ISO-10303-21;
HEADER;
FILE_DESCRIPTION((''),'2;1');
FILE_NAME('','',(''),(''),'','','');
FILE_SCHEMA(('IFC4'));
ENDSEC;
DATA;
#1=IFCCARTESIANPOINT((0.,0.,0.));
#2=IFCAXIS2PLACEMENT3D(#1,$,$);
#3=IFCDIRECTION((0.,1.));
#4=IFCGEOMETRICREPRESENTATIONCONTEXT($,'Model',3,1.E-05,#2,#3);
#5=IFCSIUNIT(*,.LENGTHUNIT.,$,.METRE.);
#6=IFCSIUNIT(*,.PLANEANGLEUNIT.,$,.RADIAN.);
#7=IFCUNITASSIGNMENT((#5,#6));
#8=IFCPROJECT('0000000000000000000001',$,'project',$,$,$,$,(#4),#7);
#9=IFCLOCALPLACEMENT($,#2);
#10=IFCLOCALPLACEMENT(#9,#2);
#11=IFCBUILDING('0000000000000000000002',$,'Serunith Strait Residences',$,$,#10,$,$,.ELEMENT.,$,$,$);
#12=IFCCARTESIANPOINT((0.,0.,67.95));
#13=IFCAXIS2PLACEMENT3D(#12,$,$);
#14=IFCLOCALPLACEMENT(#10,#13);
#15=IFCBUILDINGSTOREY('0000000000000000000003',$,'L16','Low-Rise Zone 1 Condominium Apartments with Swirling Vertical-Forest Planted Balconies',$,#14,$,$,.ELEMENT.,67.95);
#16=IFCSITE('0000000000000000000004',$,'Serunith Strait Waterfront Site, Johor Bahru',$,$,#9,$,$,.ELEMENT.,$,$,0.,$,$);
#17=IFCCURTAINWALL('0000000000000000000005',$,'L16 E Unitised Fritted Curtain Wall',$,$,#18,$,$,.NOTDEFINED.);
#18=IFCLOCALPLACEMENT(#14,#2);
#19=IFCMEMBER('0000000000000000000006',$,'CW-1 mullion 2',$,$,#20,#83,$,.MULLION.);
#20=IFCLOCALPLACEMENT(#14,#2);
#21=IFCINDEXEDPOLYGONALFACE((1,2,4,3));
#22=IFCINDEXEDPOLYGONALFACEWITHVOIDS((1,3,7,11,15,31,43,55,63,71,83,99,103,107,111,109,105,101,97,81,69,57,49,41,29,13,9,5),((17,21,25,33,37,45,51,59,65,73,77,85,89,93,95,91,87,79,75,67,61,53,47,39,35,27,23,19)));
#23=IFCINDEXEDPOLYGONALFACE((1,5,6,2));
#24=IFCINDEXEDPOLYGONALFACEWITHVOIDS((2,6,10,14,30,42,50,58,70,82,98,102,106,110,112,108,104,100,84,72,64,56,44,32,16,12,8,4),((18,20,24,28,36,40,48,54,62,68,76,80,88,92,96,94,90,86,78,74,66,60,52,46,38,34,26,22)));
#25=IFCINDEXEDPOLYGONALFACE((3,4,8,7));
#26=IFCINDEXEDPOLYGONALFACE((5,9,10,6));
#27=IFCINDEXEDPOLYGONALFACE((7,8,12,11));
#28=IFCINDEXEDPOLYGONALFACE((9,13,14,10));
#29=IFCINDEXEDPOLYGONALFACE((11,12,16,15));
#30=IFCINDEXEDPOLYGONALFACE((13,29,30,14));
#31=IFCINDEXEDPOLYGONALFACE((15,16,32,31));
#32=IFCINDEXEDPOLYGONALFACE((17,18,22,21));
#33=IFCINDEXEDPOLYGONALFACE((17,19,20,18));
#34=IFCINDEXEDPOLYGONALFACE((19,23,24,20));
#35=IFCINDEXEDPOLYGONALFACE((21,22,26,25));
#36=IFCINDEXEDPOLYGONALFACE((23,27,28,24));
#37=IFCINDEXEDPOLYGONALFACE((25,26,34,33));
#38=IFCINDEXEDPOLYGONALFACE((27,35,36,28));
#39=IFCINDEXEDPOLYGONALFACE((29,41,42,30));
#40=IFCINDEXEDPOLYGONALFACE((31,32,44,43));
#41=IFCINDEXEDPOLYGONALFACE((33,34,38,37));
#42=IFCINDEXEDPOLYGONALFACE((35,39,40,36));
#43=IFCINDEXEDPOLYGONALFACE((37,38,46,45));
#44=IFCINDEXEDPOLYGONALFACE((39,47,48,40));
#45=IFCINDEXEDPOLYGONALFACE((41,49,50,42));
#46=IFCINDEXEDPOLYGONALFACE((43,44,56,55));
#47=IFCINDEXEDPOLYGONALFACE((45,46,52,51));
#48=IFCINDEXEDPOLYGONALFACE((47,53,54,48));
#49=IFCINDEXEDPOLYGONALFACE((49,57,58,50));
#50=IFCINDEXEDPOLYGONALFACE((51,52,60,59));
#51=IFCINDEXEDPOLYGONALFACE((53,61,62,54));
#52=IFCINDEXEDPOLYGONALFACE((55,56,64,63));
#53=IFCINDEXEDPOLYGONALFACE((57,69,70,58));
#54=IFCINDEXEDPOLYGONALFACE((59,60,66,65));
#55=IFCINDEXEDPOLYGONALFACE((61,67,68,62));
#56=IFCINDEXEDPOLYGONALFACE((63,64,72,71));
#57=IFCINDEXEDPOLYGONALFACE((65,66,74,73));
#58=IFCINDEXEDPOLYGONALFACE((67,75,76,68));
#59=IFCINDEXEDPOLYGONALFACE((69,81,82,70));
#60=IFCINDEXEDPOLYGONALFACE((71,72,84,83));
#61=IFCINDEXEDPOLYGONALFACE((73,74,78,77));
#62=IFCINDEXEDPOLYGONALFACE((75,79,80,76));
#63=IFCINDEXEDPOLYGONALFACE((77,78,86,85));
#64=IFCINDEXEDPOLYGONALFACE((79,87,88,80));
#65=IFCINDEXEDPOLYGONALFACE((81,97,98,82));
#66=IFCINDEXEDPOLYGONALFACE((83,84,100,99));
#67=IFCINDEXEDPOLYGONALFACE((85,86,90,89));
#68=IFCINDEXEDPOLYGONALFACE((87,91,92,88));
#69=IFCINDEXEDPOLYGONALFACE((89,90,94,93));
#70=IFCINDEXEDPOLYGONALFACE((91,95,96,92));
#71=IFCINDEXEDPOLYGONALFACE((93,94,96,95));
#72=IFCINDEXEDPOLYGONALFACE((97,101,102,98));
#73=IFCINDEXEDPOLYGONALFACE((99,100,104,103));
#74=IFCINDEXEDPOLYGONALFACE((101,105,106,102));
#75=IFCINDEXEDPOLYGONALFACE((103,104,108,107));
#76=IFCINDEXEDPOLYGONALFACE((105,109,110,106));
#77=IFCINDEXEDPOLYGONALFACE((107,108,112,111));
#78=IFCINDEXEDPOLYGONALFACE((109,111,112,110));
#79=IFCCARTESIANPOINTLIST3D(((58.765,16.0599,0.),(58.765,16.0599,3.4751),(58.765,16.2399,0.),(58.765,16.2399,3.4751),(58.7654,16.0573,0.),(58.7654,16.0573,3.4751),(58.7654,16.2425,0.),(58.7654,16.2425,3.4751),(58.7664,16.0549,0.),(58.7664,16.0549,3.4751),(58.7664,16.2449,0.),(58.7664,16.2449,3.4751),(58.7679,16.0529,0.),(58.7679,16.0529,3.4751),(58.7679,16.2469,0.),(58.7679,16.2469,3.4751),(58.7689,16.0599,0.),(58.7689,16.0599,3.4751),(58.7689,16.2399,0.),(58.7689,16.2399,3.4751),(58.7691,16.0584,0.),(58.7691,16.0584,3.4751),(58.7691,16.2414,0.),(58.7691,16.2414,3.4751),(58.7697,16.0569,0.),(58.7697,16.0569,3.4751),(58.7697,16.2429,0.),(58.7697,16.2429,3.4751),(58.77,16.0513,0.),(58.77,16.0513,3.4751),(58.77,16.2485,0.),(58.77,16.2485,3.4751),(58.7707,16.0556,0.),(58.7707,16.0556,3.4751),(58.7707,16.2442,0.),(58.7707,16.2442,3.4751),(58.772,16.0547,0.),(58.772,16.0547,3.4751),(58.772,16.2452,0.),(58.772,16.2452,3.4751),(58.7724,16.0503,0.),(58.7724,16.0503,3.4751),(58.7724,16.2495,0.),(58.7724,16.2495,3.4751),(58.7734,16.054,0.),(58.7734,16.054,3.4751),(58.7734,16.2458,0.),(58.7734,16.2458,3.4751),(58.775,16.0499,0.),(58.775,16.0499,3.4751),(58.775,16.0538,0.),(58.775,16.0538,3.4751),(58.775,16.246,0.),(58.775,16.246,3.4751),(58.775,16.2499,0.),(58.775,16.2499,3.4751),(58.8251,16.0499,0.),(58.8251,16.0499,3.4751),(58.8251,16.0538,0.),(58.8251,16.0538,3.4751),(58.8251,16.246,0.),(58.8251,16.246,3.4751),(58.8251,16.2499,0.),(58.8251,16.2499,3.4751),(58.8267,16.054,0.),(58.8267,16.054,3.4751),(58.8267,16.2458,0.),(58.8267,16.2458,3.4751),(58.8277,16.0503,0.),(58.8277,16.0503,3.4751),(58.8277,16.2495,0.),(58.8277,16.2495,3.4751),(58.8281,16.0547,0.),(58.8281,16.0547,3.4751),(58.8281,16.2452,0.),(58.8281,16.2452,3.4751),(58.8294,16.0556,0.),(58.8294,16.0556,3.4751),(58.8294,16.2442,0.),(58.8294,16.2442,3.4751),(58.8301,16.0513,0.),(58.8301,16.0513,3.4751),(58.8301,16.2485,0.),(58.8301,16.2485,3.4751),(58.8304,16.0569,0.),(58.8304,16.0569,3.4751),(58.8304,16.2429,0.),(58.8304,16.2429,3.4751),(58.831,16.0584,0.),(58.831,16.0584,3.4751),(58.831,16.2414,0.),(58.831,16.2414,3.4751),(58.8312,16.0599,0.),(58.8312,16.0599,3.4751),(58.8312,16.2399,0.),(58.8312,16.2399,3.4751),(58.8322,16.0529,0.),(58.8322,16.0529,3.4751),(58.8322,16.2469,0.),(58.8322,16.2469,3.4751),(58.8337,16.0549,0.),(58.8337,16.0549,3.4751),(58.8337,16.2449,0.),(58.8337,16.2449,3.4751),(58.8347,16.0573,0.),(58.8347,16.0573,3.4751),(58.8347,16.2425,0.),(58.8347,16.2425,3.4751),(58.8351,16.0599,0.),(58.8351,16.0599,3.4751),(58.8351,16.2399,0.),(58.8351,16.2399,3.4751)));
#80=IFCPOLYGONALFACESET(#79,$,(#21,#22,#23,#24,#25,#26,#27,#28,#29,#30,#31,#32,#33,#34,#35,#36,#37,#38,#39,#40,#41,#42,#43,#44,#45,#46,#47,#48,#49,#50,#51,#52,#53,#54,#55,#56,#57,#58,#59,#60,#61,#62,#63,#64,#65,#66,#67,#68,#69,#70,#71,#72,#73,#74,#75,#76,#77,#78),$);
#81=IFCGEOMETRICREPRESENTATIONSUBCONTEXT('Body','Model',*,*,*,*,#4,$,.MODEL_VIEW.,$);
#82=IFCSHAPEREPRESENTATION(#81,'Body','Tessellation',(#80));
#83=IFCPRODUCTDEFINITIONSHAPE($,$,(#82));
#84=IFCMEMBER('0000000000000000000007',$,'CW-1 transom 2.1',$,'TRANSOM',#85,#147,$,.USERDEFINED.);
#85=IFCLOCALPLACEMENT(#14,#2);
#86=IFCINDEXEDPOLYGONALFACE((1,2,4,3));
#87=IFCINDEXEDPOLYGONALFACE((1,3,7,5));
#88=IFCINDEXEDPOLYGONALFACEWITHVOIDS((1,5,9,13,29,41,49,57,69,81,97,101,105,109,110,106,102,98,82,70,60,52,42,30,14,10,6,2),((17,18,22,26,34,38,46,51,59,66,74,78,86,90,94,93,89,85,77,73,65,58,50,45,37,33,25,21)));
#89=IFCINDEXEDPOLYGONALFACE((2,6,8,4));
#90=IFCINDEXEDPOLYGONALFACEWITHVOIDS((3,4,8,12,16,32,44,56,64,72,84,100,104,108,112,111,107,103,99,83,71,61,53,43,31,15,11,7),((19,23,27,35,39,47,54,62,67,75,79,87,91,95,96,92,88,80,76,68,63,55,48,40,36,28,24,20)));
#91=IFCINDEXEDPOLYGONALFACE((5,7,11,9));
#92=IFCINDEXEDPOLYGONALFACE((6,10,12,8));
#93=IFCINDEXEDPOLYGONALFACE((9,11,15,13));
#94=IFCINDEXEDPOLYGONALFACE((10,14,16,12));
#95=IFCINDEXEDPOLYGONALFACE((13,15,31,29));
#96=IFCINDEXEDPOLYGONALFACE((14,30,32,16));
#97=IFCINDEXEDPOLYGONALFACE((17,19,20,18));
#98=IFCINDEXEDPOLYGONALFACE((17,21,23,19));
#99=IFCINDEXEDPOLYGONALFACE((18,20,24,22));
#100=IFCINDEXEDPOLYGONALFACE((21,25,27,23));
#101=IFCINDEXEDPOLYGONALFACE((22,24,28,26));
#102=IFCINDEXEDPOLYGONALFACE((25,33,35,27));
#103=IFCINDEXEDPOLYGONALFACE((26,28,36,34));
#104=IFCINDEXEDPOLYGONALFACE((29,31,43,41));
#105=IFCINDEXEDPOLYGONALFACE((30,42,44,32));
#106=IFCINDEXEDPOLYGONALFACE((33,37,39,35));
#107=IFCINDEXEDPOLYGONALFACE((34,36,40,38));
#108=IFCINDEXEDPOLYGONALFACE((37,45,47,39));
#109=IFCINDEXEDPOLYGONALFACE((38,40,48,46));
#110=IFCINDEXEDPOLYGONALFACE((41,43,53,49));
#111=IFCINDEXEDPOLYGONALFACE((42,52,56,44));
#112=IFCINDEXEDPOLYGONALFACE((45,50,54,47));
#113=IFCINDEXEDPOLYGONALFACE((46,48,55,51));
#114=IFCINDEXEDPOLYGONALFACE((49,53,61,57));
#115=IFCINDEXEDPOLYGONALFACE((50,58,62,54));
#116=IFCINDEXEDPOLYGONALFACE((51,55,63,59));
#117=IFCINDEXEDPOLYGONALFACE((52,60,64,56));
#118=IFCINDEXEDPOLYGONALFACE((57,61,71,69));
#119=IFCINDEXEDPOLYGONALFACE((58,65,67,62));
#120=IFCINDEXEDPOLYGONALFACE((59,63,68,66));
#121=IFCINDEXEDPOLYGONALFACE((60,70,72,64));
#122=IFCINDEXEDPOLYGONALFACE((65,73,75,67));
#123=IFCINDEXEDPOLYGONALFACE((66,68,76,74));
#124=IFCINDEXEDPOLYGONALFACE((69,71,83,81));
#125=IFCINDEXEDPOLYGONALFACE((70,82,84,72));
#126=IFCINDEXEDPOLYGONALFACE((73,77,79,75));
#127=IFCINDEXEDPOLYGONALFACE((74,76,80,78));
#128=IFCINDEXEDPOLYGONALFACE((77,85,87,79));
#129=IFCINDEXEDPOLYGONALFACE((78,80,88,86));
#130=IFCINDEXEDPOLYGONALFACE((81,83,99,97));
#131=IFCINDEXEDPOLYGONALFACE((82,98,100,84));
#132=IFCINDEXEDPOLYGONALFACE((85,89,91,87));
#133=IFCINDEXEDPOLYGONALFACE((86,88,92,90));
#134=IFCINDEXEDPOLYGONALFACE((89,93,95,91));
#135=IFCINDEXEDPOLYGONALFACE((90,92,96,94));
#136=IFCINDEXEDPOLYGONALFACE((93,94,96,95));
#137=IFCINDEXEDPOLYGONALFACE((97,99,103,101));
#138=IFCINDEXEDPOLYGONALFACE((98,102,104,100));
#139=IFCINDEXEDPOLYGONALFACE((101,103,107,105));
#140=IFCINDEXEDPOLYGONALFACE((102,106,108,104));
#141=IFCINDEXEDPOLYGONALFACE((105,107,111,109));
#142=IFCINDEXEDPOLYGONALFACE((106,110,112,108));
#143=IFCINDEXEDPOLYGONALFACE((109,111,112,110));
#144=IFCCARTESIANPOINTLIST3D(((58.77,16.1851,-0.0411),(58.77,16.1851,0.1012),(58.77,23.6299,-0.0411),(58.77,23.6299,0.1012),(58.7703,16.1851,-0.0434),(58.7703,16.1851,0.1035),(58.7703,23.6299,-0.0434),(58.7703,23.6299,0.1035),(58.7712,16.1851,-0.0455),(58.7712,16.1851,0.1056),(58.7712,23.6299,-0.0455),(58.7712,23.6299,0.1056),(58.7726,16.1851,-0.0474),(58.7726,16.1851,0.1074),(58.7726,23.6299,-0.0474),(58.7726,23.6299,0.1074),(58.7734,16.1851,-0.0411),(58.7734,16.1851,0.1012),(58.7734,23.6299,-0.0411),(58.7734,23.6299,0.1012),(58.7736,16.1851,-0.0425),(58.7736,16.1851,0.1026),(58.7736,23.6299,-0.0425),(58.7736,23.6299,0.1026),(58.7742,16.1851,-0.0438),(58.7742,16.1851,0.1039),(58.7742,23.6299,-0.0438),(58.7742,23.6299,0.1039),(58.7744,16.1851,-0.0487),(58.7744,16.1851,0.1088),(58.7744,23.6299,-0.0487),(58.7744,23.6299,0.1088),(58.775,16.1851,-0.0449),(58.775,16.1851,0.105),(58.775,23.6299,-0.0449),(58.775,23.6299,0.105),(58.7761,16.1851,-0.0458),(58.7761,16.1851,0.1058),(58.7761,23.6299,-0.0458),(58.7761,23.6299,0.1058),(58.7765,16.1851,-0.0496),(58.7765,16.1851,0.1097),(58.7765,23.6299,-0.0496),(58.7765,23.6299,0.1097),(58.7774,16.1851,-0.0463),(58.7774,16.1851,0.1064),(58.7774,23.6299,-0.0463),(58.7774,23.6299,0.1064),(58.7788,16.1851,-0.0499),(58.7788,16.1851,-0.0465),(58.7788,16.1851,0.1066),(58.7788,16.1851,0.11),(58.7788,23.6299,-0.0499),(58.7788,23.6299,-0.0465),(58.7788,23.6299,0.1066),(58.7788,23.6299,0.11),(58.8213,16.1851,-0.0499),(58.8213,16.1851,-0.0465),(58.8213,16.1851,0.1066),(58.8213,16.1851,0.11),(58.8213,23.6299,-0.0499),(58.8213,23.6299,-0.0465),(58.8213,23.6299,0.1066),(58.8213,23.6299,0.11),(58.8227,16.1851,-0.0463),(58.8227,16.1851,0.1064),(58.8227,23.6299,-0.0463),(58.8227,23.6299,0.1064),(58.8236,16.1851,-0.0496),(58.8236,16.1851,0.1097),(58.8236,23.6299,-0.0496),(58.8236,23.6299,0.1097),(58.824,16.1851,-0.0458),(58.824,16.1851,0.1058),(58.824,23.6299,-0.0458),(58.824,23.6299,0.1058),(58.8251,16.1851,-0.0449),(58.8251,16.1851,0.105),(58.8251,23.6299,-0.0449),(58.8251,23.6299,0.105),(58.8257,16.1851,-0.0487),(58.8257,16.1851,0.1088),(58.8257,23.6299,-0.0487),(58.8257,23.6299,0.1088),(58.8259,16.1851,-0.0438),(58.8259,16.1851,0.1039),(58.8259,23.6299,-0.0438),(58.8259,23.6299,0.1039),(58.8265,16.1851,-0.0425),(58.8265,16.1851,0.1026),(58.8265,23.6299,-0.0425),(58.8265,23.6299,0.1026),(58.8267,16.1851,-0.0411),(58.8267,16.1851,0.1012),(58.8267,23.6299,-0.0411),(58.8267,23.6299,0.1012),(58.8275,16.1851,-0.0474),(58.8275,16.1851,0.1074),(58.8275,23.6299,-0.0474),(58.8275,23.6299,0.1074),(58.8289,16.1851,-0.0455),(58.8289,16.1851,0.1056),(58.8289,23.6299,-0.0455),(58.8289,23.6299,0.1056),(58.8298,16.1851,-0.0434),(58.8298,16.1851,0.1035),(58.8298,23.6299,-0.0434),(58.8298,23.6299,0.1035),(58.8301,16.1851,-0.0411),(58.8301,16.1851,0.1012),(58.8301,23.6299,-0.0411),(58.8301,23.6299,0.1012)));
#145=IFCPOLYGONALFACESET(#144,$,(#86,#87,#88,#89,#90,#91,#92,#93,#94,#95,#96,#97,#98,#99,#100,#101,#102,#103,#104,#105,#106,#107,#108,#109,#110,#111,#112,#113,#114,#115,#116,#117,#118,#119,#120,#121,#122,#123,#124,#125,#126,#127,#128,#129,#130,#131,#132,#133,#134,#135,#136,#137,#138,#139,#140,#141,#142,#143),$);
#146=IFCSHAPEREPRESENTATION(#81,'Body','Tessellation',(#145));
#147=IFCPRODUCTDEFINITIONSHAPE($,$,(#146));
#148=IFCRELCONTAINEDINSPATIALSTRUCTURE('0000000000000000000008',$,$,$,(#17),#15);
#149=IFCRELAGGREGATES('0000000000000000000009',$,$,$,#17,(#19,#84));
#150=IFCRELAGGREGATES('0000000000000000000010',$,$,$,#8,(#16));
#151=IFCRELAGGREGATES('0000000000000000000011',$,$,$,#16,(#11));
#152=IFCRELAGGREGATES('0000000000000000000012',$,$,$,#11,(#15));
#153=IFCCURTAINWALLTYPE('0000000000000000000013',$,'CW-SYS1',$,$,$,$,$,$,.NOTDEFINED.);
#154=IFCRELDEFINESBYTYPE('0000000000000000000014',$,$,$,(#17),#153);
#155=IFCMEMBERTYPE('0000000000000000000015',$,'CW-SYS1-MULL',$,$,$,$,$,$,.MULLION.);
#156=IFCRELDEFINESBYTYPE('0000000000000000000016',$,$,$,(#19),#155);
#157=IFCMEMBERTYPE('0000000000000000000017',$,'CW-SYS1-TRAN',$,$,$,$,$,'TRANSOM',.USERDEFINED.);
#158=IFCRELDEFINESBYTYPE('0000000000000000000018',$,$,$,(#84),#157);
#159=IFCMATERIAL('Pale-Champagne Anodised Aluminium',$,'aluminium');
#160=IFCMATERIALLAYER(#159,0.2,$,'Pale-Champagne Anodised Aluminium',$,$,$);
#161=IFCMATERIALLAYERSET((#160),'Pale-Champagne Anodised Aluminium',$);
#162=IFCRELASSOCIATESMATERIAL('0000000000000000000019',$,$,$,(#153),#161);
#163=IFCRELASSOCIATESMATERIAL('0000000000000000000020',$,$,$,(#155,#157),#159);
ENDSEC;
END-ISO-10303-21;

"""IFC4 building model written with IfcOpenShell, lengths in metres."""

from ifc_helpers import new_model, si_unit, direction, frame, origin, origin_2d, place, context, subcontext, project, spatial, hollow_rectangle, extrude, source, transform, mapped, material, layer, layer_set, material_profile, profile_set, type_object, element, aggregate, save


model = new_model("IFC4")

# Units and contexts
model_context = context("Model", 3, precision=1e-05, world=origin(), true_north=direction((0.0, 1.0)))
body_context = subcontext(model_context, "Body", "Model", "MODEL_VIEW")
ifc_project = project(units=[si_unit("LENGTHUNIT", "METRE"), si_unit("PLANEANGLEUNIT", "RADIAN")], contexts=[model_context])

# Site, building, storey
site_placement = place(None, origin())
site = spatial("IfcSite", under=ifc_project, at=site_placement, Name="Serunith Strait Waterfront Site, Johor Bahru", CompositionType="ELEMENT", RefElevation=0.0)
building_placement = place(site_placement, origin())
building = spatial("IfcBuilding", under=site, at=building_placement, Name="Serunith Strait Residences", CompositionType="ELEMENT")
storey_placement = place(building_placement, frame((0.0, 0.0, 67.95)))
storey = spatial("IfcBuildingStorey", under=building, at=storey_placement, Name="L16", Description="Low-Rise Zone 1 Condominium Apartments with Swirling Vertical-Forest Planted Balconies", CompositionType="ELEMENT", Elevation=67.95)

# Curtain wall, members
ifc_material_1 = material(Name="Pale-Champagne Anodised Aluminium", Category="aluminium")
ifc_layer_1 = layer(ifc_material_1, 0.2, Name="Pale-Champagne Anodised Aluminium")
ifc_layer_set_1 = layer_set([ifc_layer_1], Name="Pale-Champagne Anodised Aluminium")
curtain_wall_type = type_object("IfcCurtainWallType", Name="CW-SYS1", PredefinedType="NOTDEFINED", material=ifc_layer_set_1)
curtain_wall_placement = place(storey_placement, origin())
curtain_wall = element("IfcCurtainWall", 1, at=curtain_wall_placement, inside=storey, type_object=curtain_wall_type, Name="L16 E Unitised Fritted Curtain Wall", PredefinedType="NOTDEFINED")
ifc_material_profile_1 = material_profile(ifc_material_1, hollow_rectangle(XDim=0.0701, YDim=0.2, WallThickness=0.0039, InnerFilletRadius=0.0061, OuterFilletRadius=0.01, at=origin_2d()), Name="ALU 200x70x4")
ifc_profile_set_1 = profile_set([ifc_material_profile_1], Name="Pale-Champagne Anodised Aluminium")
member_type_1 = type_object("IfcMemberType", Name="CW-SYS1-MULL", PredefinedType="MULLION", material=ifc_profile_set_1)
shared_shape_1 = source(origin(), body_context, "Body", "SweptSolid", [
    extrude(hollow_rectangle(XDim=0.0701, YDim=0.2, WallThickness=0.0039, InnerFilletRadius=0.0061, OuterFilletRadius=0.01, at=origin_2d()), origin(), (0.0, 0.0, 1.0), 3.4751),
])
member_1_placement = place(storey_placement, frame((58.8, 16.1499, 0.0), z_axis=(0.0, 0.0, 1.0), x_axis=(-1.0, 0.0, 0.0)))
member_1 = element("IfcMember", 2, at=member_1_placement, type_object=member_type_1, Name="CW-1 mullion 2", PredefinedType="MULLION", context=body_context, shape_type="MappedRepresentation", body=[
    mapped(shared_shape_1, transform((0.0, 0.0, 0.0), scale=1.0)),
])
ifc_material_profile_2 = material_profile(ifc_material_1, hollow_rectangle(XDim=0.0601, YDim=0.1599, WallThickness=0.0034, InnerFilletRadius=0.0054, OuterFilletRadius=0.0088, at=origin_2d()), Name="ALU 160x60x3.5")
ifc_profile_set_2 = profile_set([ifc_material_profile_2], Name="Pale-Champagne Anodised Aluminium")
member_type_2 = type_object("IfcMemberType", Name="CW-SYS1-TRAN", ElementType="TRANSOM", PredefinedType="USERDEFINED", material=ifc_profile_set_2)
shared_shape_2 = source(origin(), body_context, "Body", "SweptSolid", [
    extrude(hollow_rectangle(XDim=0.0601, YDim=0.1599, WallThickness=0.0034, InnerFilletRadius=0.0054, OuterFilletRadius=0.0088, at=origin_2d()), origin(), (0.0, 0.0, 1.0), 7.4448),
])
member_2_placement = place(storey_placement, frame((58.8, 16.1851, 0.03), z_axis=(0.0, 1.0, 0.0), x_axis=(-1.0, 0.0, 0.0)))
member_2 = element("IfcMember", 3, at=member_2_placement, type_object=member_type_2, Name="CW-1 transom 2.1", ObjectType="TRANSOM", PredefinedType="USERDEFINED", context=body_context, shape_type="MappedRepresentation", body=[
    mapped(shared_shape_2, transform((0.0, 0.0, 0.0), scale=1.0)),
])
aggregate(curtain_wall, [member_1, member_2])

save(model, "model.ifc")
